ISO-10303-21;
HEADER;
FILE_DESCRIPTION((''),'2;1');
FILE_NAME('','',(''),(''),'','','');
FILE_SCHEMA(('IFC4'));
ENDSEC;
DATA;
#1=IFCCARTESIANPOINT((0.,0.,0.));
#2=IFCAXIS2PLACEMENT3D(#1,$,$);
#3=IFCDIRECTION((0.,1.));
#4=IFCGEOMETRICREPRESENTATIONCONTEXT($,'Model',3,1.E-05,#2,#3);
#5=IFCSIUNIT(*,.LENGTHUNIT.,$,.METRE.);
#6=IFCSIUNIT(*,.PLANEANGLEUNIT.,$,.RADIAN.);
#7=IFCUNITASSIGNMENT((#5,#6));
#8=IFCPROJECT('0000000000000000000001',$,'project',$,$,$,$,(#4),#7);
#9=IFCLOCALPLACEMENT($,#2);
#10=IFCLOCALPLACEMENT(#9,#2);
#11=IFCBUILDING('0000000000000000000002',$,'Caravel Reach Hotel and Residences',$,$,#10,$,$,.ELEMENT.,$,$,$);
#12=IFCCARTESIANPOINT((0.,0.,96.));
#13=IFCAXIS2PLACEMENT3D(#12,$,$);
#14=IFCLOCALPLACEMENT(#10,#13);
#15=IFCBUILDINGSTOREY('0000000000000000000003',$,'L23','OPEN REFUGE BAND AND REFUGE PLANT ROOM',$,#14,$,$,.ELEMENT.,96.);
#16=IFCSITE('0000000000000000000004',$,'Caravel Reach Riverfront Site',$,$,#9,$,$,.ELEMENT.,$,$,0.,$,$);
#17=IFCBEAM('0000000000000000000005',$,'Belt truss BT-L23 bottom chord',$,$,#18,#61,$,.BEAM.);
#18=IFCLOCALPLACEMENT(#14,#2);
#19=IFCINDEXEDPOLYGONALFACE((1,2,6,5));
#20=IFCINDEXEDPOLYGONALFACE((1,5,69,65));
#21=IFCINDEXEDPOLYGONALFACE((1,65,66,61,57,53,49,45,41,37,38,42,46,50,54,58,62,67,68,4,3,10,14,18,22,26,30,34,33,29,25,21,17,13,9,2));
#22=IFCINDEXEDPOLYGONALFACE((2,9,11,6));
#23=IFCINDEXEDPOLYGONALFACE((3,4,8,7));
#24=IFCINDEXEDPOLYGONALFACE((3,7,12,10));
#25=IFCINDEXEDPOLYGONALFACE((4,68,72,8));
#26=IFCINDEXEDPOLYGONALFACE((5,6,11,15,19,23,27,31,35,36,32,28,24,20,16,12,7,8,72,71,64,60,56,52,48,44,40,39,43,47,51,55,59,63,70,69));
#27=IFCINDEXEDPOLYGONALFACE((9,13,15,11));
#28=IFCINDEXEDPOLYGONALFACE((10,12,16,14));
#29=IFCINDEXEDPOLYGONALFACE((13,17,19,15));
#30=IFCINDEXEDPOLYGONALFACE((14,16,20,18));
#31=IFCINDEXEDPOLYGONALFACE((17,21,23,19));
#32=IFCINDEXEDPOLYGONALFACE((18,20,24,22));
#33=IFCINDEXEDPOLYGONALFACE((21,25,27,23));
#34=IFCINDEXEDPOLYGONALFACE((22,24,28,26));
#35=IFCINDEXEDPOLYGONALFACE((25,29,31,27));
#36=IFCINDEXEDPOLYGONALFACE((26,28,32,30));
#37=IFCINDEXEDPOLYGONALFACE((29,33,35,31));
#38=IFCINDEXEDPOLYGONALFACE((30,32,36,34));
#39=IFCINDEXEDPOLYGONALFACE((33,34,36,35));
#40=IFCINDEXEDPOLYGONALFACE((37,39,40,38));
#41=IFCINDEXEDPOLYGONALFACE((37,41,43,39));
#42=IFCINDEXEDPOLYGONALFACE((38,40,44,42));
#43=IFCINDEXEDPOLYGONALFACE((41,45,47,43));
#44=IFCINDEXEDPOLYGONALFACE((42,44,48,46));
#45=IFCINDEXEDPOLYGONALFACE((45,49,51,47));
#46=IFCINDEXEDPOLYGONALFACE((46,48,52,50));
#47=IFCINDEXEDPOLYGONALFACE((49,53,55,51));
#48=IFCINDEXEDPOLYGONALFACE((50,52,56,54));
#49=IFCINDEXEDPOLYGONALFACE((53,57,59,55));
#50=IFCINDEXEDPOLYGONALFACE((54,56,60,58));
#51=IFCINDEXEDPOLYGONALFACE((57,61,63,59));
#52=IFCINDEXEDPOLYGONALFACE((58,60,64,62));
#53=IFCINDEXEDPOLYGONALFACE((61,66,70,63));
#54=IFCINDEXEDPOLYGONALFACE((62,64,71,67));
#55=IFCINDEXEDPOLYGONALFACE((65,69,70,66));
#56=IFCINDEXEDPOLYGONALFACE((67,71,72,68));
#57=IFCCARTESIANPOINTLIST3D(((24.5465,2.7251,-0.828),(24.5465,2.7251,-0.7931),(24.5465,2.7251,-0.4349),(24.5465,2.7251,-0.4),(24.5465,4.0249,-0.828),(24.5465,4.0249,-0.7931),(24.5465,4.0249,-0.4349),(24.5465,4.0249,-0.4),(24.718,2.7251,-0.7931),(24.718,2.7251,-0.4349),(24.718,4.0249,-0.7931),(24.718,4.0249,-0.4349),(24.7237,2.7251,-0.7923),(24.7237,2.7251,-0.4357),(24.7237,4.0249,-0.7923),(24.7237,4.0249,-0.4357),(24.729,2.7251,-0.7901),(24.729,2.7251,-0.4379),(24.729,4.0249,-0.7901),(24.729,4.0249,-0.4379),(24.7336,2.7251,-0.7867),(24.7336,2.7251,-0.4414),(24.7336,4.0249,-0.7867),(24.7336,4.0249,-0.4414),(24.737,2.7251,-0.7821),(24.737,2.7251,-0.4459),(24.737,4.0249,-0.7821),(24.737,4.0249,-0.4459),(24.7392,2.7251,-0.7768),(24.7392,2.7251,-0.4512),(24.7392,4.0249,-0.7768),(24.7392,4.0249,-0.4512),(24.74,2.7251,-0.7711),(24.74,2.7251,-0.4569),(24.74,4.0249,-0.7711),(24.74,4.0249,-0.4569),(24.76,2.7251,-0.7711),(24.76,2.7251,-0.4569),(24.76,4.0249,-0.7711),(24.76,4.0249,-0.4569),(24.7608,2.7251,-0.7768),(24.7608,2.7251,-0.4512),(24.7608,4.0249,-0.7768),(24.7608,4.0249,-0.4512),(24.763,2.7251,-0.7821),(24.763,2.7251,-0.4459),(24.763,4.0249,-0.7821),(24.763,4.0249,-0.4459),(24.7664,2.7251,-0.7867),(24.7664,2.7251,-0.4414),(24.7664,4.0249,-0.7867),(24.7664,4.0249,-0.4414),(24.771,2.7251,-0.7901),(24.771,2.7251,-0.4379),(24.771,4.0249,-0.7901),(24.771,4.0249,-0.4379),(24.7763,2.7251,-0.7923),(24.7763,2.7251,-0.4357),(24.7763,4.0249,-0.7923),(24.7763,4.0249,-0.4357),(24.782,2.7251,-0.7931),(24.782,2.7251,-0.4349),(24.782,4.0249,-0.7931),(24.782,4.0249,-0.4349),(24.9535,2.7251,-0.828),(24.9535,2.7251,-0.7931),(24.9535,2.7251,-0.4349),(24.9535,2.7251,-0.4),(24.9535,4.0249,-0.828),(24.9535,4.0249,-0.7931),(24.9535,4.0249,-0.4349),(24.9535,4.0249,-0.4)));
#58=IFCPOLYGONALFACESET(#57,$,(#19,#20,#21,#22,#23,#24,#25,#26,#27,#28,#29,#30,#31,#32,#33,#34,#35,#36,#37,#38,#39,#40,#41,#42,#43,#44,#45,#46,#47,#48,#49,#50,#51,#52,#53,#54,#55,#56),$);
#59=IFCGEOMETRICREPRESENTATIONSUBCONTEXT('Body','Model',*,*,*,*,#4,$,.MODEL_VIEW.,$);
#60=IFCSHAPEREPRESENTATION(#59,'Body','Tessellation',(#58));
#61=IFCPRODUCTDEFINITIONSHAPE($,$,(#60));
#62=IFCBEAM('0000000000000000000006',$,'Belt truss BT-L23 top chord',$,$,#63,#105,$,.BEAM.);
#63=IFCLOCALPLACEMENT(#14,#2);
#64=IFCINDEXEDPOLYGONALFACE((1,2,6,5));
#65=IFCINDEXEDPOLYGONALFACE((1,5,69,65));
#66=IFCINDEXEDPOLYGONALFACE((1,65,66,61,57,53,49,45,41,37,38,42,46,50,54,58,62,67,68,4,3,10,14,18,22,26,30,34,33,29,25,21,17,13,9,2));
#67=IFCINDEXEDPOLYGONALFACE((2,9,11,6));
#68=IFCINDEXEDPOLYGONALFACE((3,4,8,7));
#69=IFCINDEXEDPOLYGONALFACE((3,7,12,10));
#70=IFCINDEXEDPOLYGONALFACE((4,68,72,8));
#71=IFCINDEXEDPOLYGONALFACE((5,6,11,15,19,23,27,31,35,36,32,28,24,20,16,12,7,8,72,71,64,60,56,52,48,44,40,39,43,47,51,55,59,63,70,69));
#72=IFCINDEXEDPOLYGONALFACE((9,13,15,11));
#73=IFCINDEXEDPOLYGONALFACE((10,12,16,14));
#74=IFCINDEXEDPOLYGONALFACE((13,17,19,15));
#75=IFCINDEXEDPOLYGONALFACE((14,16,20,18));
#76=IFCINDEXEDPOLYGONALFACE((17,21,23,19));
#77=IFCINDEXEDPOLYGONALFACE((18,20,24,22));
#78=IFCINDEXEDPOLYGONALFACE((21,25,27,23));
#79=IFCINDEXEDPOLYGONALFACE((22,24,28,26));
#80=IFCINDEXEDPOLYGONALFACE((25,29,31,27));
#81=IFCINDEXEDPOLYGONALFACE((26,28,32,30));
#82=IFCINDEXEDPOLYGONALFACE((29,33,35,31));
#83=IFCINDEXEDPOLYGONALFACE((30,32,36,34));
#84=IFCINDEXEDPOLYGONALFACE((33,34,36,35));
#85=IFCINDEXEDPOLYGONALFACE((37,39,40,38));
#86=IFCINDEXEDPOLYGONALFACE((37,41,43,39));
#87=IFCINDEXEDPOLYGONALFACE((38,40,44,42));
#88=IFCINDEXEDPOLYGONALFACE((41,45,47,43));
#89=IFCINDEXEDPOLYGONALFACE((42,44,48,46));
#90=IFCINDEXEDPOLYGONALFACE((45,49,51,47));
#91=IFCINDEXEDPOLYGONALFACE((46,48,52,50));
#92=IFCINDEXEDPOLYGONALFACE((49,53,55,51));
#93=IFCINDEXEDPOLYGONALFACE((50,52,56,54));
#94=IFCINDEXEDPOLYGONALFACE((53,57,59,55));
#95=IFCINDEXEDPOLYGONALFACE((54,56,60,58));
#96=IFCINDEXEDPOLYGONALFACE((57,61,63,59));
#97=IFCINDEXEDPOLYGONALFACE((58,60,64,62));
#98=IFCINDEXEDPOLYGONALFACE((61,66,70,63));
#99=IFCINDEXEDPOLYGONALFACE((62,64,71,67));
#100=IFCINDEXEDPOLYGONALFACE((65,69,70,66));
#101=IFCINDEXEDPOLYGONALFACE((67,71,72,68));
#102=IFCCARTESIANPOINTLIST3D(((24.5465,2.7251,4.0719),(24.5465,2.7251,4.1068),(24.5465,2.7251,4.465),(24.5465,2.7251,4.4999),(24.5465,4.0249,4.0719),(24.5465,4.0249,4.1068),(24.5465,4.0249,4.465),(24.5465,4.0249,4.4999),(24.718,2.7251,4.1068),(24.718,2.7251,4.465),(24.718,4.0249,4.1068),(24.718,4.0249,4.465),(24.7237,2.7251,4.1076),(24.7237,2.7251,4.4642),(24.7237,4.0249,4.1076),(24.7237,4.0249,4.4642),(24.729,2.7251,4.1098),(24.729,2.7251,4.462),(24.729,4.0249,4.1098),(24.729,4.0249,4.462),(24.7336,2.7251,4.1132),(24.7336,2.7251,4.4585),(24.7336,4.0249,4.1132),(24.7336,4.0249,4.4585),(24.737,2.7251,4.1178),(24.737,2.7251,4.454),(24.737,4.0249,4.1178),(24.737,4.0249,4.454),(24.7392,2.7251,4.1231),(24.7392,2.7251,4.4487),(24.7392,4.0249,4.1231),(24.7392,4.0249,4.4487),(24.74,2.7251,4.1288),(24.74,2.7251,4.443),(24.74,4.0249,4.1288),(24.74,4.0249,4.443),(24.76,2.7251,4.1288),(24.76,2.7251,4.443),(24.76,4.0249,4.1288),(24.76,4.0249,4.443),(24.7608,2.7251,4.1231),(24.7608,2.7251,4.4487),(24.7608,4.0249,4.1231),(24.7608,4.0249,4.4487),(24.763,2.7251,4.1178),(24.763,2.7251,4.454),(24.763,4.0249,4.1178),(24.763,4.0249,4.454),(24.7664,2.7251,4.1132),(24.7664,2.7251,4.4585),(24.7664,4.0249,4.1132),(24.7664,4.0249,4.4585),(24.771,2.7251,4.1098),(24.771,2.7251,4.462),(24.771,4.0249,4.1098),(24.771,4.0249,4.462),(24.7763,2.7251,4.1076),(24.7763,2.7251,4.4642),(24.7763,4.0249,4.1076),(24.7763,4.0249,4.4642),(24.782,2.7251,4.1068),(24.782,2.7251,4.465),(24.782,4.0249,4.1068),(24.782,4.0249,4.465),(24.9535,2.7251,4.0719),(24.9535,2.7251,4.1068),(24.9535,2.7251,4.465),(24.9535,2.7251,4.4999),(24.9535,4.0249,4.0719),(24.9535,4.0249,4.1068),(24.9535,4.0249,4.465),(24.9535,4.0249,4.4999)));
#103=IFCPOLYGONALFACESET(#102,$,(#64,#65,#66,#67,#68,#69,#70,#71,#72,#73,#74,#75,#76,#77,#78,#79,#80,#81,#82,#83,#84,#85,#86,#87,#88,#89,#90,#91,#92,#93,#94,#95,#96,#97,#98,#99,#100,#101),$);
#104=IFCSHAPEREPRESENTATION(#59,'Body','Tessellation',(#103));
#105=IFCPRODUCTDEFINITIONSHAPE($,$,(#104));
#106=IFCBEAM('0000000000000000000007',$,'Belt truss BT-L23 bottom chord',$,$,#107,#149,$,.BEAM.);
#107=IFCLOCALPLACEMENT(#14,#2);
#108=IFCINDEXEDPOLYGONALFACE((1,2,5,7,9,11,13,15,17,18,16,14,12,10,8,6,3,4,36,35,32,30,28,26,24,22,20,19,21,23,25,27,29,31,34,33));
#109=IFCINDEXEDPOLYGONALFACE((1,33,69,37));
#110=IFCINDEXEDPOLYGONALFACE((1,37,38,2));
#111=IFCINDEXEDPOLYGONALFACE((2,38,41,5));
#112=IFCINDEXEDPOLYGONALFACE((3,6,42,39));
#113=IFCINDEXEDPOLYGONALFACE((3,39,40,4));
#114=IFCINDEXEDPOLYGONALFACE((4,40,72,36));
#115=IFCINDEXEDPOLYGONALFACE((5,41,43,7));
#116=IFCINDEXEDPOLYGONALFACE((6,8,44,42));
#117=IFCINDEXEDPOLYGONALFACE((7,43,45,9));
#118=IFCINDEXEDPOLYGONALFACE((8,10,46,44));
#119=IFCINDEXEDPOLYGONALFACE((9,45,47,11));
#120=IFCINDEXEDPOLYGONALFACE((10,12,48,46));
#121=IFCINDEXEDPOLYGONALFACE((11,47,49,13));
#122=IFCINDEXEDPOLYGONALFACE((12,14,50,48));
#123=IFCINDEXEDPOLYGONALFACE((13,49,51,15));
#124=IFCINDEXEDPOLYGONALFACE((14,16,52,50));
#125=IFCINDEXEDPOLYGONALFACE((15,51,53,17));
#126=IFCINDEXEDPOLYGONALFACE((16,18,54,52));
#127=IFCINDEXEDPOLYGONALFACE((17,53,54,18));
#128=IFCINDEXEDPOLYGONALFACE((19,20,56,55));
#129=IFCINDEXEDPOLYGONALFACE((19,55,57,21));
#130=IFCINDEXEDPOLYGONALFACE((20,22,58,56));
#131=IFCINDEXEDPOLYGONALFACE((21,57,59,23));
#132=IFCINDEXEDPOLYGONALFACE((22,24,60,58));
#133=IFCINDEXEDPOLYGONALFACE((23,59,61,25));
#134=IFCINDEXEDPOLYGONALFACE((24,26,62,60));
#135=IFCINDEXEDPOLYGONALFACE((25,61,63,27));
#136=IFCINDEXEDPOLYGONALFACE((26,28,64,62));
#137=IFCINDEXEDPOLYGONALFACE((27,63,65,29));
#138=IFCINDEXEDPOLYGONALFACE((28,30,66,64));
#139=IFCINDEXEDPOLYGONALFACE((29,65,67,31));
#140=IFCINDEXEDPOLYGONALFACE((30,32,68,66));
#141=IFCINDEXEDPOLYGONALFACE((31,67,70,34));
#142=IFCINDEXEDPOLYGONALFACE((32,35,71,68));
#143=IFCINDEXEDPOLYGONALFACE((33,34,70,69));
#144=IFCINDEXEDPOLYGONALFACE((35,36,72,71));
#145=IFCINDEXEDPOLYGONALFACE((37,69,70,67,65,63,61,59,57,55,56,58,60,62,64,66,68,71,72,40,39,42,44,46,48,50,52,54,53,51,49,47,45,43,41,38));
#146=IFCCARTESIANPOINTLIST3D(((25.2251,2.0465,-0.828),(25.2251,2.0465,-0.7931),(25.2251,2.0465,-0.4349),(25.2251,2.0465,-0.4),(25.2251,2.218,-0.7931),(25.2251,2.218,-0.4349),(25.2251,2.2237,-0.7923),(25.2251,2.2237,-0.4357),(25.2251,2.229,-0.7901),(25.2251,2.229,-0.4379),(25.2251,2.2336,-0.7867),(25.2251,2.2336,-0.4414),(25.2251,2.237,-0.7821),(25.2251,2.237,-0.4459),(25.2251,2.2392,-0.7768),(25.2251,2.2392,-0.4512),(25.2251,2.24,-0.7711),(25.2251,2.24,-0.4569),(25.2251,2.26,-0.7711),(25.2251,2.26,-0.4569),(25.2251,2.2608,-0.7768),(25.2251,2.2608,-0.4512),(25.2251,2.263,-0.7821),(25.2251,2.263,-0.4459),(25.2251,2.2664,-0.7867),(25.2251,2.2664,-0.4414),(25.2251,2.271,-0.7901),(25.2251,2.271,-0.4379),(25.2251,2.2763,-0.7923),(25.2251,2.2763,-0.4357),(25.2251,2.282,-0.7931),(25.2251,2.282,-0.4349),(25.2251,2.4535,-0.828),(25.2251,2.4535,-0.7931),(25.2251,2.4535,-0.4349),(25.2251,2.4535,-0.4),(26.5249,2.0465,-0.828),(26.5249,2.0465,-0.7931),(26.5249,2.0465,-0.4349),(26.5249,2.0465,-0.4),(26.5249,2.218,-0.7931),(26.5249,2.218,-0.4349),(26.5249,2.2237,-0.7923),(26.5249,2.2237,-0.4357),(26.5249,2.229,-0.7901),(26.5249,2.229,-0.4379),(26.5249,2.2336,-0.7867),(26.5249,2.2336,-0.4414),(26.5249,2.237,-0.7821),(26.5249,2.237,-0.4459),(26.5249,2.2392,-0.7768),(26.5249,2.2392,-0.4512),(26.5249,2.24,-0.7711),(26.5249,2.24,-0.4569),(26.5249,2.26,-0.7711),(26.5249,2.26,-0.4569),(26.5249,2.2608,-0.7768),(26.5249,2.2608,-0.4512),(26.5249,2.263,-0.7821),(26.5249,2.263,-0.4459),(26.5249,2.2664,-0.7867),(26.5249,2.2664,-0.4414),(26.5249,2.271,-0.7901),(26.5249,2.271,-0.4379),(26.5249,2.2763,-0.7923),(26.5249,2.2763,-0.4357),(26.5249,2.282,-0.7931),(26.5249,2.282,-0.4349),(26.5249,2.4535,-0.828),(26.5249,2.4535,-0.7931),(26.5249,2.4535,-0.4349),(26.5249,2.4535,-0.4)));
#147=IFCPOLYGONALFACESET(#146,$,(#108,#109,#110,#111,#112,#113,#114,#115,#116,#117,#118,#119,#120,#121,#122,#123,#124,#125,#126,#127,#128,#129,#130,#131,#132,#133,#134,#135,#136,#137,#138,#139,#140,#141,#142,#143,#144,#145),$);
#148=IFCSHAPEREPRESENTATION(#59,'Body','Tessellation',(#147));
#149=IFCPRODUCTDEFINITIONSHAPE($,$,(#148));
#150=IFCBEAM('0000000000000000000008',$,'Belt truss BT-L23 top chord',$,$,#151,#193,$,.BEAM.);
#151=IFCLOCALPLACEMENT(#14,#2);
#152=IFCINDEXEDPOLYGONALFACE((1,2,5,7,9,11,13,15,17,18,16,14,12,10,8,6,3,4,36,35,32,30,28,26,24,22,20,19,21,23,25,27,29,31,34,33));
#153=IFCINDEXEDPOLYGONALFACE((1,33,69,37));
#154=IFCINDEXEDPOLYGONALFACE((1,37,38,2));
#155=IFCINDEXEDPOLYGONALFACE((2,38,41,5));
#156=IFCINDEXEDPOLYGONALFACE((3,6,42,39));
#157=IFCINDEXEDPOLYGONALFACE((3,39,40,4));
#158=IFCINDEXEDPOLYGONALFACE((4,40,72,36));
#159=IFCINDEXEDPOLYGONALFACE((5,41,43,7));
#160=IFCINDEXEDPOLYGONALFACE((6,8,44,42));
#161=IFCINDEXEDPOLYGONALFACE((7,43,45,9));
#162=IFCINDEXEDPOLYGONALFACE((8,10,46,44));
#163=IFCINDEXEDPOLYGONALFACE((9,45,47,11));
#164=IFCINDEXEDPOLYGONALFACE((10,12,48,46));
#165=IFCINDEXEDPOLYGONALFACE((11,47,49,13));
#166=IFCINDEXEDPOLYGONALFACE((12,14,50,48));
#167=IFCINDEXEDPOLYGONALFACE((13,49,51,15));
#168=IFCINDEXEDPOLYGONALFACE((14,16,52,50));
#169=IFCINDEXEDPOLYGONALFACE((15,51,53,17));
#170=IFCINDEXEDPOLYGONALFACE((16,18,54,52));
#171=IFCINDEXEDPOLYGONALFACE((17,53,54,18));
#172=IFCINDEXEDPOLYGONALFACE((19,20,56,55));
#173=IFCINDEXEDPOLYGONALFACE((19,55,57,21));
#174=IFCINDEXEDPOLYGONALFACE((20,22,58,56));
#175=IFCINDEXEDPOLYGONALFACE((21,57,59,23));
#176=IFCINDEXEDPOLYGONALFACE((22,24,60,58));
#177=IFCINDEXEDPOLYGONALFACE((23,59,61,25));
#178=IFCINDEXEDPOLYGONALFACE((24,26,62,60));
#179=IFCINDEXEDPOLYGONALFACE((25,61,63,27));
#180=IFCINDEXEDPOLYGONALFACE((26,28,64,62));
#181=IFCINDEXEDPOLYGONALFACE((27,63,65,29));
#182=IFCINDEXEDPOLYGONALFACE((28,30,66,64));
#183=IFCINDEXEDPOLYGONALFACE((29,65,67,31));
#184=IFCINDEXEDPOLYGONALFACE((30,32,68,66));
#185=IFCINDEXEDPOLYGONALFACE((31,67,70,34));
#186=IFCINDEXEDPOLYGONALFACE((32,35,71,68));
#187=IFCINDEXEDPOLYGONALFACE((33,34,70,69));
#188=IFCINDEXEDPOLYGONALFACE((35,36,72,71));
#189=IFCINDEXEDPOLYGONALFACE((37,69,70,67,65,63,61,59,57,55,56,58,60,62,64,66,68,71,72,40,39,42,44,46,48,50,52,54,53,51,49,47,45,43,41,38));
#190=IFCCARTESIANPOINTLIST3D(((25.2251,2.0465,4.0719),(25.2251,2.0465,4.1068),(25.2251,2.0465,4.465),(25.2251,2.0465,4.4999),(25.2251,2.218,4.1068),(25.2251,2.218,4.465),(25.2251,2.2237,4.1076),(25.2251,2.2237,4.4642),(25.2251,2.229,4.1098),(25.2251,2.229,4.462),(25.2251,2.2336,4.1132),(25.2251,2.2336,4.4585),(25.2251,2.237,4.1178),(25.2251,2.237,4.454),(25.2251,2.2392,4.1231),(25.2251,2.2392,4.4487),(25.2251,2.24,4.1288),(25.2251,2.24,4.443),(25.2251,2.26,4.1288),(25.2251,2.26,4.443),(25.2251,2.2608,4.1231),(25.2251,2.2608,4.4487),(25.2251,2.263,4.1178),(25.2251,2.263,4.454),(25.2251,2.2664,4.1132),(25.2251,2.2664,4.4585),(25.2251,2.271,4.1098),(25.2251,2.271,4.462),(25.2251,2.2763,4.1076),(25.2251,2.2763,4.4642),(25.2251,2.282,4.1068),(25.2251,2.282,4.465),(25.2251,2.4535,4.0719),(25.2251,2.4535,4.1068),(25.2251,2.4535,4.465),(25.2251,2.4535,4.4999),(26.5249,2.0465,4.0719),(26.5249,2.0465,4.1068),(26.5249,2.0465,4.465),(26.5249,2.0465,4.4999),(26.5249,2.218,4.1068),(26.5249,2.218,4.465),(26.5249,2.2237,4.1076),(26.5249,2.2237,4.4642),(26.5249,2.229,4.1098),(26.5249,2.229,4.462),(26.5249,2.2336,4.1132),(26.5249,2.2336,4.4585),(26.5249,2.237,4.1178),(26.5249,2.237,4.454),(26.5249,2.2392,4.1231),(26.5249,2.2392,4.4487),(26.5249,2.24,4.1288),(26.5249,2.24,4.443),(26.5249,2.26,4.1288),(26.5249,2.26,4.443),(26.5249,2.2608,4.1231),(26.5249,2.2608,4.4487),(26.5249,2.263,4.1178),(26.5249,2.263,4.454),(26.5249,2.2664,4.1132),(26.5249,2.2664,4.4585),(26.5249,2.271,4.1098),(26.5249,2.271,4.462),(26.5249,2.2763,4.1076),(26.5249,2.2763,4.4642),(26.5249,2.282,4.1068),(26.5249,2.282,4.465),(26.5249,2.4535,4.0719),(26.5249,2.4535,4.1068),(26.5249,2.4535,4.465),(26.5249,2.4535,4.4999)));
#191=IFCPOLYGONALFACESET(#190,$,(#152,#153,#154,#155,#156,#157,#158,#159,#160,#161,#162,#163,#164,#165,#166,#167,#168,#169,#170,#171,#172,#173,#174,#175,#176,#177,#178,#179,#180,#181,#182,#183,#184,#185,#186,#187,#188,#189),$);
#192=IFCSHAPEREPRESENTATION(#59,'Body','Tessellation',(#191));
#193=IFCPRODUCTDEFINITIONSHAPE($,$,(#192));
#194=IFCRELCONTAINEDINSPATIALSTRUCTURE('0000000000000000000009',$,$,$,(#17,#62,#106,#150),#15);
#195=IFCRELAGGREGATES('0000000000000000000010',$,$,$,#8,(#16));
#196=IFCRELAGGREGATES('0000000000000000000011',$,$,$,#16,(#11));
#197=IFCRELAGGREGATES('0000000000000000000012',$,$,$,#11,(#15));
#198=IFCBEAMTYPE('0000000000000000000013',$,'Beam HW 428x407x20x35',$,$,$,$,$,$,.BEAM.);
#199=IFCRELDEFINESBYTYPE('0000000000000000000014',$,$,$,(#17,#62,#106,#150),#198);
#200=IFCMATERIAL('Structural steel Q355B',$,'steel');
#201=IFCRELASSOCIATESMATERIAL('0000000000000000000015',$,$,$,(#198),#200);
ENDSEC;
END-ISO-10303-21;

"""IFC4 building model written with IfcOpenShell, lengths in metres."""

from ifc_helpers import new_model, si_unit, direction, frame, origin, origin_2d, place, context, subcontext, project, spatial, i_section, extrude, material, material_profile, profile_set, type_object, element, save


model = new_model("IFC4")

# Units and contexts
model_context = context("Model", 3, precision=1e-05, world=origin(), true_north=direction((0.0, 1.0)))
body_context = subcontext(model_context, "Body", "Model", "MODEL_VIEW")
ifc_project = project(units=[si_unit("LENGTHUNIT", "METRE"), si_unit("PLANEANGLEUNIT", "RADIAN")], contexts=[model_context])

# Site, building, storey
site_placement = place(None, origin())
site = spatial("IfcSite", under=ifc_project, at=site_placement, Name="Caravel Reach Riverfront Site", CompositionType="ELEMENT", RefElevation=0.0)
building_placement = place(site_placement, origin())
building = spatial("IfcBuilding", under=site, at=building_placement, Name="Caravel Reach Hotel and Residences", CompositionType="ELEMENT")
storey_placement = place(building_placement, frame((0.0, 0.0, 96.0)))
storey = spatial("IfcBuildingStorey", under=building, at=storey_placement, Name="L23", Description="OPEN REFUGE BAND AND REFUGE PLANT ROOM", CompositionType="ELEMENT", Elevation=96.0)

# Beams
ifc_material_1 = material(Name="Structural steel Q355B", Category="steel")
ifc_material_profile_1 = material_profile(ifc_material_1, i_section(OverallWidth=0.407, OverallDepth=0.428, WebThickness=0.02, FlangeThickness=0.0349, FilletRadius=0.022, at=origin_2d()), Name="HW 428x407x20x35")
ifc_profile_set_1 = profile_set([ifc_material_profile_1], Name="Structural steel Q355B")
beam_type = type_object("IfcBeamType", Name="Beam HW 428x407x20x35", PredefinedType="BEAM", material=ifc_profile_set_1)
for number, where, z_axis, x_axis, name in (
    (1, (24.75, 4.0249, -0.614), (0.0, -1.0, 0.0), (1.0, 0.0, 0.0), "Belt truss BT-L23 bottom chord"),
    (2, (24.75, 4.0249, 4.2859), (0.0, -1.0, 0.0), (1.0, 0.0, 0.0), "Belt truss BT-L23 top chord"),
    (3, (25.2251, 2.25, -0.614), (1.0, 0.0, 0.0), (0.0, 1.0, 0.0), "Belt truss BT-L23 bottom chord"),
    (4, (25.2251, 2.25, 4.2859), (1.0, 0.0, 0.0), (0.0, 1.0, 0.0), "Belt truss BT-L23 top chord"),
):
    element("IfcBeam", number, at=place(storey_placement, frame(where, z_axis=z_axis, x_axis=x_axis)), inside=storey, type_object=beam_type, Name=name, PredefinedType="BEAM", context=body_context, shape_type="SweptSolid", body=[
        extrude(i_section(OverallWidth=0.407, OverallDepth=0.428, WebThickness=0.02, FlangeThickness=0.0349, FilletRadius=0.022, at=origin_2d()), origin(), (0.0, 0.0, 1.0), 1.2998),
    ])

save(model, "model.ifc")
